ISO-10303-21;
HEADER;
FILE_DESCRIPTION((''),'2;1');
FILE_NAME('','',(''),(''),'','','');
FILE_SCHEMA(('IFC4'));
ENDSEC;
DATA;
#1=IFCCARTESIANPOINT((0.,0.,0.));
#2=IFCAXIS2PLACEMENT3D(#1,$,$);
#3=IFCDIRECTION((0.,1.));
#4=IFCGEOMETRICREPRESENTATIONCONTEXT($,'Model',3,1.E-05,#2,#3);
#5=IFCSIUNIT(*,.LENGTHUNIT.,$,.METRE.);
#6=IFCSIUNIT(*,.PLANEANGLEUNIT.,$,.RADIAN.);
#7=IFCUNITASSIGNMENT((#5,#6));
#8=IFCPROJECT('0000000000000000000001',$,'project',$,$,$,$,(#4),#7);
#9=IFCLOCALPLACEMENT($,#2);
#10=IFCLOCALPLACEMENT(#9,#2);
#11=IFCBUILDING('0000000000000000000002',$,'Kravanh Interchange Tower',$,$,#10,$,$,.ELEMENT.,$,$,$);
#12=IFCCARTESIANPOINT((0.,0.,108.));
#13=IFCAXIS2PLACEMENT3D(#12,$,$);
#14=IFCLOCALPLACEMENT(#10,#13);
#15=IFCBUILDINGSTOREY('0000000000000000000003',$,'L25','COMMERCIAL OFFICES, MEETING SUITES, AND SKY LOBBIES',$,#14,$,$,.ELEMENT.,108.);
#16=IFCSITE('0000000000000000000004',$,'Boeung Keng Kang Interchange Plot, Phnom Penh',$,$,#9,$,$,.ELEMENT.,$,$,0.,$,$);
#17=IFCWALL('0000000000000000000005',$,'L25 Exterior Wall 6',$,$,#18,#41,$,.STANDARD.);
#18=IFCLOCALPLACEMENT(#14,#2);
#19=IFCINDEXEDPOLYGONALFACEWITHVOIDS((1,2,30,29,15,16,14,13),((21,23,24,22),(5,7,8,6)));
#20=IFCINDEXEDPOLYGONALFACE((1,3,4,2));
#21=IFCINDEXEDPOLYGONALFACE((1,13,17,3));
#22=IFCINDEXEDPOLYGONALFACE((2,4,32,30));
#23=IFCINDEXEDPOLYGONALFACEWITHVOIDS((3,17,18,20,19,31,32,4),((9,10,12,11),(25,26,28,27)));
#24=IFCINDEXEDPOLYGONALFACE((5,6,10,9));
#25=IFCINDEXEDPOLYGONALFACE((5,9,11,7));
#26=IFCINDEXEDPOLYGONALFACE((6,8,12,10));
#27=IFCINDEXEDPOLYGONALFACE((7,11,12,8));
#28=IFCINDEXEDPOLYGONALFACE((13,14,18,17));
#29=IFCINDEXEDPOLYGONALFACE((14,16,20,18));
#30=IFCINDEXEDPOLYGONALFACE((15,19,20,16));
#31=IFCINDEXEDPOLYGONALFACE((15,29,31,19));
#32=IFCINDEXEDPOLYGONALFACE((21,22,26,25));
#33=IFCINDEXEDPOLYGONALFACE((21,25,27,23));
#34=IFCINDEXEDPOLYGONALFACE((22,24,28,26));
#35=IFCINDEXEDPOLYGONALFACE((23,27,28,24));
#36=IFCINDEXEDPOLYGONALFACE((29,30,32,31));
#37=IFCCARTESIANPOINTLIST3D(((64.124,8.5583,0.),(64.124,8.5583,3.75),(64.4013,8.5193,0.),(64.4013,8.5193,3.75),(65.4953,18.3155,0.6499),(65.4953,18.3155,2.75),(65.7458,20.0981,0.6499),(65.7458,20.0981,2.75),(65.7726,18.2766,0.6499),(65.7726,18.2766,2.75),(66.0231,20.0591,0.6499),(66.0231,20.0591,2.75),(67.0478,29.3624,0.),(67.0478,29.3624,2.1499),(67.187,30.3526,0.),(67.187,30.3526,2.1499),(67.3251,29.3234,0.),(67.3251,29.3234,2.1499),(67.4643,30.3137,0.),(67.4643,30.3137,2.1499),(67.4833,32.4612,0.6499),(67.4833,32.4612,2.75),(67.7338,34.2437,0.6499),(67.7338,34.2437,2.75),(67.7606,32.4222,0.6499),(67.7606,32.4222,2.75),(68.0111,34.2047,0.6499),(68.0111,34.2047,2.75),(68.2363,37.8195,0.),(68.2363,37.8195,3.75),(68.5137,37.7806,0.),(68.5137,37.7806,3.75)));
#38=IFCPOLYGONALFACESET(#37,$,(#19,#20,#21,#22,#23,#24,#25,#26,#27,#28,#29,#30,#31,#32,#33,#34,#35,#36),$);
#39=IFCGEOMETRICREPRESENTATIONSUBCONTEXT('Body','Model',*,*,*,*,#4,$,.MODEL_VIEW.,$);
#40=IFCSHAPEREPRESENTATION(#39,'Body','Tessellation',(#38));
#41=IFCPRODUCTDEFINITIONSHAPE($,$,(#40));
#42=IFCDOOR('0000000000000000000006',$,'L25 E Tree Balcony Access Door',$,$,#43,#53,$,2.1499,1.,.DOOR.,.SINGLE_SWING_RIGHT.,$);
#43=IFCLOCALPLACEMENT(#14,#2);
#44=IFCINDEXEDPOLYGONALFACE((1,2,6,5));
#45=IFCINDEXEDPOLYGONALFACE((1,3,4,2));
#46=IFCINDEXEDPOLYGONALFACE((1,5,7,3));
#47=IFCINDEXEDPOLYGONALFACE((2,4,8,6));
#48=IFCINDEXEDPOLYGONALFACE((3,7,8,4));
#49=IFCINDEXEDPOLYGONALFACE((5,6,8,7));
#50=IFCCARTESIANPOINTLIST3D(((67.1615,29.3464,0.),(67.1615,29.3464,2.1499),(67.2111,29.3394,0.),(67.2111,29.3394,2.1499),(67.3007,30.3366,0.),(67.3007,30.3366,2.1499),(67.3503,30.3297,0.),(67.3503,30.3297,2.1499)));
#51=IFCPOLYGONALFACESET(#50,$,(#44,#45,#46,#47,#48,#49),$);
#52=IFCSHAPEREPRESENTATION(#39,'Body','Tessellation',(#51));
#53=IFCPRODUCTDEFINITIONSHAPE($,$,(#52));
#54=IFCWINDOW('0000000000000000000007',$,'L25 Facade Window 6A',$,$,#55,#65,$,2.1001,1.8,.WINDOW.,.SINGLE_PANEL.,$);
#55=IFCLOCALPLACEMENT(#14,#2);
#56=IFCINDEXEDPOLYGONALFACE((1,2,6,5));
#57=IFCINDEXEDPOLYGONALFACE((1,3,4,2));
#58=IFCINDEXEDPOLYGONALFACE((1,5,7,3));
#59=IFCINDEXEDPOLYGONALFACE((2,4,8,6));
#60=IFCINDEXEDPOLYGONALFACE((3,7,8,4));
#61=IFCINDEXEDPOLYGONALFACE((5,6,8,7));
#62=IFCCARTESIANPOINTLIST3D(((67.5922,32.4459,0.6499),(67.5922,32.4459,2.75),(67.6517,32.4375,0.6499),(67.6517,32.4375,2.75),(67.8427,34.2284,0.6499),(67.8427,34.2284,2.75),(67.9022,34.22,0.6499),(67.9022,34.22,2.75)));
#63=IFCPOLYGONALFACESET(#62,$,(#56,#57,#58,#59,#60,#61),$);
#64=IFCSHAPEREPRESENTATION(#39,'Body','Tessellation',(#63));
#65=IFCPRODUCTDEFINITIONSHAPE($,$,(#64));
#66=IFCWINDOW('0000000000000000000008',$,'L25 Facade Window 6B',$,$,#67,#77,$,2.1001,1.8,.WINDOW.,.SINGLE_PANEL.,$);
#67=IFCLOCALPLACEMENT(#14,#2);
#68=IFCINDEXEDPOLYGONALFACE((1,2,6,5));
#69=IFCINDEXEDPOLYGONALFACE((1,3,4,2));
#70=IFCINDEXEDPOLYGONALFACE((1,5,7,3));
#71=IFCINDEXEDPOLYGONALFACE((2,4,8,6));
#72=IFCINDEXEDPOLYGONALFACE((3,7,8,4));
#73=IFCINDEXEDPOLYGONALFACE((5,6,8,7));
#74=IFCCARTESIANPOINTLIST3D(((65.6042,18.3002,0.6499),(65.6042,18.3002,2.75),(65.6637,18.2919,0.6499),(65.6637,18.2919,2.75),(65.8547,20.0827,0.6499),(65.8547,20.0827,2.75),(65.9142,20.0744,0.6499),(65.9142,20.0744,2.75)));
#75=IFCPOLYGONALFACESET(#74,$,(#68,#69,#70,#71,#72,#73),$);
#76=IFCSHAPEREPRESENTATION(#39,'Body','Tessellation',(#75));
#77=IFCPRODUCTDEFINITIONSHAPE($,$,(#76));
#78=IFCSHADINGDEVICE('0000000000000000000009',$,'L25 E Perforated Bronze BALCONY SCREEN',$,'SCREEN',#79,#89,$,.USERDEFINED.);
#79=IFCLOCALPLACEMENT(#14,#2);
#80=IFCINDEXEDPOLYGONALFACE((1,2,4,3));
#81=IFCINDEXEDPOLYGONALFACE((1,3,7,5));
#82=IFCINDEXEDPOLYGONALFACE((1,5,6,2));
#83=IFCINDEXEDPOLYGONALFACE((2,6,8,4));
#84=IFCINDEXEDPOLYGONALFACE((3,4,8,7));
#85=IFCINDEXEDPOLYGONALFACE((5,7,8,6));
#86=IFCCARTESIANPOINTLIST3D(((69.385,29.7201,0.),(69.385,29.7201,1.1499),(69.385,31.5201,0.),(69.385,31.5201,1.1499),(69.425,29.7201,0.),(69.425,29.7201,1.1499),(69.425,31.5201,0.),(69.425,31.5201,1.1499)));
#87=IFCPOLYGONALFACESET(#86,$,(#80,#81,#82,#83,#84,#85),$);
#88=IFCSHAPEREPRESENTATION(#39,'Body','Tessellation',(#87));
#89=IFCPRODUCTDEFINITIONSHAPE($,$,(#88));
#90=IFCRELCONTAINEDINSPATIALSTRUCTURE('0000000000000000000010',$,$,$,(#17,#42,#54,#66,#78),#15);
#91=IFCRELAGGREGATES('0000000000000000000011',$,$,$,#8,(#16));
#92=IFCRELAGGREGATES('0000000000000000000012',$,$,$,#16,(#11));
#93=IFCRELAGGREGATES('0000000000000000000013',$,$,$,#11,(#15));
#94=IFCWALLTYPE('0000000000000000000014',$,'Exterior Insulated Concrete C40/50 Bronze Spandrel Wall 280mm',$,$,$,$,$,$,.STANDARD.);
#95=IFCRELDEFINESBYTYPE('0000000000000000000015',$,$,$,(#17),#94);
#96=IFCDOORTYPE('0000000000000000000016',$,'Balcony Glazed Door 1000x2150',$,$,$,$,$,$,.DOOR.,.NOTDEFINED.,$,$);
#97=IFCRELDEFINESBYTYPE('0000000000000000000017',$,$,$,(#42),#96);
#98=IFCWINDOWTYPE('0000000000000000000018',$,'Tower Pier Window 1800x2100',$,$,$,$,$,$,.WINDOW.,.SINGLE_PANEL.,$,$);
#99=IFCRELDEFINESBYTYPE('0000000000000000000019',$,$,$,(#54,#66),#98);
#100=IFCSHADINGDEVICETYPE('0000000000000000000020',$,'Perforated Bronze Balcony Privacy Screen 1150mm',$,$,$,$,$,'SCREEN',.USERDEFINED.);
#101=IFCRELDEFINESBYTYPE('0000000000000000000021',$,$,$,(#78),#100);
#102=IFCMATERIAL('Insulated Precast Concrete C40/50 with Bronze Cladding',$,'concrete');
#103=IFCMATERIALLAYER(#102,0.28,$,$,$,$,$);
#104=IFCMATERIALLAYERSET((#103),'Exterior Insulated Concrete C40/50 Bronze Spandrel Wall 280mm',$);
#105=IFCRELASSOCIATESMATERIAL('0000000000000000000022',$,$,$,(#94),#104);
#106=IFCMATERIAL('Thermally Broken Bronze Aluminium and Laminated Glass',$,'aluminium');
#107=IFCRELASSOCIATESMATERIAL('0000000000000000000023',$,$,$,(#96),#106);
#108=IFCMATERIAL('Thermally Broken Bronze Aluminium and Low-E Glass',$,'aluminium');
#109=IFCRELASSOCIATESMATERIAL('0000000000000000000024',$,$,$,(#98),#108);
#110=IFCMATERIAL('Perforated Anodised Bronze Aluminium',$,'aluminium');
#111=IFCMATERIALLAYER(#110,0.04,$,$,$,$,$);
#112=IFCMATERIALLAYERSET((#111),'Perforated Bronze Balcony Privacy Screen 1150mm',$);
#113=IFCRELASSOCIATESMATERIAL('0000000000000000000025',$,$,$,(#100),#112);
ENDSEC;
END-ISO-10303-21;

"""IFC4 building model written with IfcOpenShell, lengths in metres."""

from ifc_helpers import new_model, si_unit, direction, frame, frame_2d, origin, origin_2d, place, context, subcontext, project, spatial, rectangle, extrude, material, layer, layer_set, type_object, element, fill, save


model = new_model("IFC4")

# Units and contexts
model_context = context("Model", 3, precision=1e-05, world=origin(), true_north=direction((0.0, 1.0)))
body_context = subcontext(model_context, "Body", "Model", "MODEL_VIEW")
ifc_project = project(units=[si_unit("LENGTHUNIT", "METRE"), si_unit("PLANEANGLEUNIT", "RADIAN")], contexts=[model_context])

# Site, building, storey
site_placement = place(None, origin())
site = spatial("IfcSite", under=ifc_project, at=site_placement, Name="Boeung Keng Kang Interchange Plot, Phnom Penh", CompositionType="ELEMENT", RefElevation=0.0)
building_placement = place(site_placement, origin())
building = spatial("IfcBuilding", under=site, at=building_placement, Name="Kravanh Interchange Tower", CompositionType="ELEMENT")
storey_placement = place(building_placement, frame((0.0, 0.0, 108.0)))
storey = spatial("IfcBuildingStorey", under=building, at=storey_placement, Name="L25", Description="COMMERCIAL OFFICES, MEETING SUITES, AND SKY LOBBIES", CompositionType="ELEMENT", Elevation=108.0)

# Wall, openings, door, windows
ifc_material_1 = material(Name="Insulated Precast Concrete C40/50 with Bronze Cladding", Category="concrete")
ifc_layer_1 = layer(ifc_material_1, 0.28)
ifc_layer_set_1 = layer_set([ifc_layer_1], Name="Exterior Insulated Concrete C40/50 Bronze Spandrel Wall 280mm")
wall_type_1 = type_object("IfcWallType", Name="Exterior Insulated Concrete C40/50 Bronze Spandrel Wall 280mm", PredefinedType="STANDARD", material=ifc_layer_set_1)
wall_1_placement = place(storey_placement, frame((68.375, 37.8, 0.0), z_axis=(0.0, 0.0, 1.0), x_axis=(-0.13917, -0.990269, 0.0)))
wall_1 = element("IfcWall", 1, at=wall_1_placement, inside=storey, type_object=wall_type_1, Name="L25 Exterior Wall 6", PredefinedType="STANDARD", context=body_context, shape_type="SweptSolid", body=[
    extrude(rectangle(XDim=29.5488, YDim=0.28, at=frame_2d((14.7744, 0.0))), origin(), (0.0, 0.0, 1.0), 3.75),
])
opening_1_placement = place(wall_1_placement, frame((7.5403, 0.0, 0.0)))
opening_1 = element("IfcOpeningElement", 2, at=opening_1_placement, cuts=wall_1, PredefinedType="OPENING", context=body_context, shape_type="SweptSolid", body=[
    extrude(rectangle(XDim=1.0, YDim=2.1499, at=frame_2d((0.5, 1.075))), frame((0.0, 0.1499, 0.0), z_axis=(0.0, -1.0, 0.0), x_axis=(1.0, 0.0, 0.0)), (0.0, 0.0, 1.0), 0.3),
])
opening_2_placement = place(wall_1_placement, frame((3.6111, 0.0, 0.6499)))
opening_2 = element("IfcOpeningElement", 3, at=opening_2_placement, cuts=wall_1, PredefinedType="OPENING", context=body_context, shape_type="SweptSolid", body=[
    extrude(rectangle(XDim=1.8, YDim=2.1001, at=frame_2d((0.8999, 1.05))), frame((0.0, 0.1499, 0.0), z_axis=(0.0, -1.0, 0.0), x_axis=(1.0, 0.0, 0.0)), (0.0, 0.0, 1.0), 0.3),
])
opening_3_placement = place(wall_1_placement, frame((17.8958, 0.0, 0.6499)))
opening_3 = element("IfcOpeningElement", 4, at=opening_3_placement, cuts=wall_1, PredefinedType="OPENING", context=body_context, shape_type="SweptSolid", body=[
    extrude(rectangle(XDim=1.8, YDim=2.1001, at=frame_2d((0.8999, 1.05))), frame((0.0, 0.1499, 0.0), z_axis=(0.0, -1.0, 0.0), x_axis=(1.0, 0.0, 0.0)), (0.0, 0.0, 1.0), 0.3),
])
ifc_material_2 = material(Name="Thermally Broken Bronze Aluminium and Laminated Glass", Category="aluminium")
door_type_1 = type_object("IfcDoorType", Name="Balcony Glazed Door 1000x2150", OperationType="NOTDEFINED", PredefinedType="DOOR", material=ifc_material_2)
door_1_placement = place(opening_1_placement, origin())
door_1 = element("IfcDoor", 5, at=door_1_placement, inside=storey, type_object=door_type_1, Name="L25 E Tree Balcony Access Door", OperationType="SINGLE_SWING_RIGHT", OverallHeight=2.1499, OverallWidth=1.0, PredefinedType="DOOR", context=body_context, shape_type="SweptSolid", body=[
    extrude(rectangle(XDim=1.0, YDim=2.1499, at=frame_2d((0.5, 1.075))), frame((0.0, 0.0249, 0.0), z_axis=(0.0, -1.0, 0.0), x_axis=(1.0, 0.0, 0.0)), (0.0, 0.0, 1.0), 0.05),
])
fill(opening_1, door_1)
ifc_material_3 = material(Name="Thermally Broken Bronze Aluminium and Low-E Glass", Category="aluminium")
window_type = type_object("IfcWindowType", Name="Tower Pier Window 1800x2100", PartitioningType="SINGLE_PANEL", PredefinedType="WINDOW", material=ifc_material_3)
window_1_placement = place(opening_2_placement, origin())
window_1 = element("IfcWindow", 6, at=window_1_placement, inside=storey, type_object=window_type, Name="L25 Facade Window 6A", OverallHeight=2.1001, OverallWidth=1.8, PartitioningType="SINGLE_PANEL", PredefinedType="WINDOW", context=body_context, shape_type="SweptSolid", body=[
    extrude(rectangle(XDim=1.8, YDim=2.1001, at=frame_2d((0.8999, 1.05))), frame((0.0, 0.03, 0.0), z_axis=(0.0, -1.0, 0.0), x_axis=(1.0, 0.0, 0.0)), (0.0, 0.0, 1.0), 0.0601),
])
fill(opening_2, window_1)
window_2_placement = place(opening_3_placement, origin())
window_2 = element("IfcWindow", 7, at=window_2_placement, inside=storey, type_object=window_type, Name="L25 Facade Window 6B", OverallHeight=2.1001, OverallWidth=1.8, PartitioningType="SINGLE_PANEL", PredefinedType="WINDOW", context=body_context, shape_type="SweptSolid", body=[
    extrude(rectangle(XDim=1.8, YDim=2.1001, at=frame_2d((0.8999, 1.05))), frame((0.0, 0.03, 0.0), z_axis=(0.0, -1.0, 0.0), x_axis=(1.0, 0.0, 0.0)), (0.0, 0.0, 1.0), 0.0601),
])
fill(opening_3, window_2)

# Shading device
ifc_material_4 = material(Name="Perforated Anodised Bronze Aluminium", Category="aluminium")
ifc_layer_2 = layer(ifc_material_4, 0.04)
ifc_layer_set_2 = layer_set([ifc_layer_2], Name="Perforated Bronze Balcony Privacy Screen 1150mm")
shading_device_type = type_object("IfcShadingDeviceType", Name="Perforated Bronze Balcony Privacy Screen 1150mm", ElementType="SCREEN", PredefinedType="USERDEFINED", material=ifc_layer_set_2)
shading_device_placement = place(storey_placement, frame((69.405, 30.6201, 0.0), z_axis=(0.0, 0.0, 1.0), x_axis=(1.0, 0.0, 0.0)))
element("IfcShadingDevice", 8, at=shading_device_placement, inside=storey, type_object=shading_device_type, Name="L25 E Perforated Bronze BALCONY SCREEN", ObjectType="SCREEN", PredefinedType="USERDEFINED", context=body_context, shape_type="SweptSolid", body=[
    extrude(rectangle(XDim=0.04, YDim=1.8, at=origin_2d()), origin(), (0.0, 0.0, 1.0), 1.1499),
])

save(model, "model.ifc")
